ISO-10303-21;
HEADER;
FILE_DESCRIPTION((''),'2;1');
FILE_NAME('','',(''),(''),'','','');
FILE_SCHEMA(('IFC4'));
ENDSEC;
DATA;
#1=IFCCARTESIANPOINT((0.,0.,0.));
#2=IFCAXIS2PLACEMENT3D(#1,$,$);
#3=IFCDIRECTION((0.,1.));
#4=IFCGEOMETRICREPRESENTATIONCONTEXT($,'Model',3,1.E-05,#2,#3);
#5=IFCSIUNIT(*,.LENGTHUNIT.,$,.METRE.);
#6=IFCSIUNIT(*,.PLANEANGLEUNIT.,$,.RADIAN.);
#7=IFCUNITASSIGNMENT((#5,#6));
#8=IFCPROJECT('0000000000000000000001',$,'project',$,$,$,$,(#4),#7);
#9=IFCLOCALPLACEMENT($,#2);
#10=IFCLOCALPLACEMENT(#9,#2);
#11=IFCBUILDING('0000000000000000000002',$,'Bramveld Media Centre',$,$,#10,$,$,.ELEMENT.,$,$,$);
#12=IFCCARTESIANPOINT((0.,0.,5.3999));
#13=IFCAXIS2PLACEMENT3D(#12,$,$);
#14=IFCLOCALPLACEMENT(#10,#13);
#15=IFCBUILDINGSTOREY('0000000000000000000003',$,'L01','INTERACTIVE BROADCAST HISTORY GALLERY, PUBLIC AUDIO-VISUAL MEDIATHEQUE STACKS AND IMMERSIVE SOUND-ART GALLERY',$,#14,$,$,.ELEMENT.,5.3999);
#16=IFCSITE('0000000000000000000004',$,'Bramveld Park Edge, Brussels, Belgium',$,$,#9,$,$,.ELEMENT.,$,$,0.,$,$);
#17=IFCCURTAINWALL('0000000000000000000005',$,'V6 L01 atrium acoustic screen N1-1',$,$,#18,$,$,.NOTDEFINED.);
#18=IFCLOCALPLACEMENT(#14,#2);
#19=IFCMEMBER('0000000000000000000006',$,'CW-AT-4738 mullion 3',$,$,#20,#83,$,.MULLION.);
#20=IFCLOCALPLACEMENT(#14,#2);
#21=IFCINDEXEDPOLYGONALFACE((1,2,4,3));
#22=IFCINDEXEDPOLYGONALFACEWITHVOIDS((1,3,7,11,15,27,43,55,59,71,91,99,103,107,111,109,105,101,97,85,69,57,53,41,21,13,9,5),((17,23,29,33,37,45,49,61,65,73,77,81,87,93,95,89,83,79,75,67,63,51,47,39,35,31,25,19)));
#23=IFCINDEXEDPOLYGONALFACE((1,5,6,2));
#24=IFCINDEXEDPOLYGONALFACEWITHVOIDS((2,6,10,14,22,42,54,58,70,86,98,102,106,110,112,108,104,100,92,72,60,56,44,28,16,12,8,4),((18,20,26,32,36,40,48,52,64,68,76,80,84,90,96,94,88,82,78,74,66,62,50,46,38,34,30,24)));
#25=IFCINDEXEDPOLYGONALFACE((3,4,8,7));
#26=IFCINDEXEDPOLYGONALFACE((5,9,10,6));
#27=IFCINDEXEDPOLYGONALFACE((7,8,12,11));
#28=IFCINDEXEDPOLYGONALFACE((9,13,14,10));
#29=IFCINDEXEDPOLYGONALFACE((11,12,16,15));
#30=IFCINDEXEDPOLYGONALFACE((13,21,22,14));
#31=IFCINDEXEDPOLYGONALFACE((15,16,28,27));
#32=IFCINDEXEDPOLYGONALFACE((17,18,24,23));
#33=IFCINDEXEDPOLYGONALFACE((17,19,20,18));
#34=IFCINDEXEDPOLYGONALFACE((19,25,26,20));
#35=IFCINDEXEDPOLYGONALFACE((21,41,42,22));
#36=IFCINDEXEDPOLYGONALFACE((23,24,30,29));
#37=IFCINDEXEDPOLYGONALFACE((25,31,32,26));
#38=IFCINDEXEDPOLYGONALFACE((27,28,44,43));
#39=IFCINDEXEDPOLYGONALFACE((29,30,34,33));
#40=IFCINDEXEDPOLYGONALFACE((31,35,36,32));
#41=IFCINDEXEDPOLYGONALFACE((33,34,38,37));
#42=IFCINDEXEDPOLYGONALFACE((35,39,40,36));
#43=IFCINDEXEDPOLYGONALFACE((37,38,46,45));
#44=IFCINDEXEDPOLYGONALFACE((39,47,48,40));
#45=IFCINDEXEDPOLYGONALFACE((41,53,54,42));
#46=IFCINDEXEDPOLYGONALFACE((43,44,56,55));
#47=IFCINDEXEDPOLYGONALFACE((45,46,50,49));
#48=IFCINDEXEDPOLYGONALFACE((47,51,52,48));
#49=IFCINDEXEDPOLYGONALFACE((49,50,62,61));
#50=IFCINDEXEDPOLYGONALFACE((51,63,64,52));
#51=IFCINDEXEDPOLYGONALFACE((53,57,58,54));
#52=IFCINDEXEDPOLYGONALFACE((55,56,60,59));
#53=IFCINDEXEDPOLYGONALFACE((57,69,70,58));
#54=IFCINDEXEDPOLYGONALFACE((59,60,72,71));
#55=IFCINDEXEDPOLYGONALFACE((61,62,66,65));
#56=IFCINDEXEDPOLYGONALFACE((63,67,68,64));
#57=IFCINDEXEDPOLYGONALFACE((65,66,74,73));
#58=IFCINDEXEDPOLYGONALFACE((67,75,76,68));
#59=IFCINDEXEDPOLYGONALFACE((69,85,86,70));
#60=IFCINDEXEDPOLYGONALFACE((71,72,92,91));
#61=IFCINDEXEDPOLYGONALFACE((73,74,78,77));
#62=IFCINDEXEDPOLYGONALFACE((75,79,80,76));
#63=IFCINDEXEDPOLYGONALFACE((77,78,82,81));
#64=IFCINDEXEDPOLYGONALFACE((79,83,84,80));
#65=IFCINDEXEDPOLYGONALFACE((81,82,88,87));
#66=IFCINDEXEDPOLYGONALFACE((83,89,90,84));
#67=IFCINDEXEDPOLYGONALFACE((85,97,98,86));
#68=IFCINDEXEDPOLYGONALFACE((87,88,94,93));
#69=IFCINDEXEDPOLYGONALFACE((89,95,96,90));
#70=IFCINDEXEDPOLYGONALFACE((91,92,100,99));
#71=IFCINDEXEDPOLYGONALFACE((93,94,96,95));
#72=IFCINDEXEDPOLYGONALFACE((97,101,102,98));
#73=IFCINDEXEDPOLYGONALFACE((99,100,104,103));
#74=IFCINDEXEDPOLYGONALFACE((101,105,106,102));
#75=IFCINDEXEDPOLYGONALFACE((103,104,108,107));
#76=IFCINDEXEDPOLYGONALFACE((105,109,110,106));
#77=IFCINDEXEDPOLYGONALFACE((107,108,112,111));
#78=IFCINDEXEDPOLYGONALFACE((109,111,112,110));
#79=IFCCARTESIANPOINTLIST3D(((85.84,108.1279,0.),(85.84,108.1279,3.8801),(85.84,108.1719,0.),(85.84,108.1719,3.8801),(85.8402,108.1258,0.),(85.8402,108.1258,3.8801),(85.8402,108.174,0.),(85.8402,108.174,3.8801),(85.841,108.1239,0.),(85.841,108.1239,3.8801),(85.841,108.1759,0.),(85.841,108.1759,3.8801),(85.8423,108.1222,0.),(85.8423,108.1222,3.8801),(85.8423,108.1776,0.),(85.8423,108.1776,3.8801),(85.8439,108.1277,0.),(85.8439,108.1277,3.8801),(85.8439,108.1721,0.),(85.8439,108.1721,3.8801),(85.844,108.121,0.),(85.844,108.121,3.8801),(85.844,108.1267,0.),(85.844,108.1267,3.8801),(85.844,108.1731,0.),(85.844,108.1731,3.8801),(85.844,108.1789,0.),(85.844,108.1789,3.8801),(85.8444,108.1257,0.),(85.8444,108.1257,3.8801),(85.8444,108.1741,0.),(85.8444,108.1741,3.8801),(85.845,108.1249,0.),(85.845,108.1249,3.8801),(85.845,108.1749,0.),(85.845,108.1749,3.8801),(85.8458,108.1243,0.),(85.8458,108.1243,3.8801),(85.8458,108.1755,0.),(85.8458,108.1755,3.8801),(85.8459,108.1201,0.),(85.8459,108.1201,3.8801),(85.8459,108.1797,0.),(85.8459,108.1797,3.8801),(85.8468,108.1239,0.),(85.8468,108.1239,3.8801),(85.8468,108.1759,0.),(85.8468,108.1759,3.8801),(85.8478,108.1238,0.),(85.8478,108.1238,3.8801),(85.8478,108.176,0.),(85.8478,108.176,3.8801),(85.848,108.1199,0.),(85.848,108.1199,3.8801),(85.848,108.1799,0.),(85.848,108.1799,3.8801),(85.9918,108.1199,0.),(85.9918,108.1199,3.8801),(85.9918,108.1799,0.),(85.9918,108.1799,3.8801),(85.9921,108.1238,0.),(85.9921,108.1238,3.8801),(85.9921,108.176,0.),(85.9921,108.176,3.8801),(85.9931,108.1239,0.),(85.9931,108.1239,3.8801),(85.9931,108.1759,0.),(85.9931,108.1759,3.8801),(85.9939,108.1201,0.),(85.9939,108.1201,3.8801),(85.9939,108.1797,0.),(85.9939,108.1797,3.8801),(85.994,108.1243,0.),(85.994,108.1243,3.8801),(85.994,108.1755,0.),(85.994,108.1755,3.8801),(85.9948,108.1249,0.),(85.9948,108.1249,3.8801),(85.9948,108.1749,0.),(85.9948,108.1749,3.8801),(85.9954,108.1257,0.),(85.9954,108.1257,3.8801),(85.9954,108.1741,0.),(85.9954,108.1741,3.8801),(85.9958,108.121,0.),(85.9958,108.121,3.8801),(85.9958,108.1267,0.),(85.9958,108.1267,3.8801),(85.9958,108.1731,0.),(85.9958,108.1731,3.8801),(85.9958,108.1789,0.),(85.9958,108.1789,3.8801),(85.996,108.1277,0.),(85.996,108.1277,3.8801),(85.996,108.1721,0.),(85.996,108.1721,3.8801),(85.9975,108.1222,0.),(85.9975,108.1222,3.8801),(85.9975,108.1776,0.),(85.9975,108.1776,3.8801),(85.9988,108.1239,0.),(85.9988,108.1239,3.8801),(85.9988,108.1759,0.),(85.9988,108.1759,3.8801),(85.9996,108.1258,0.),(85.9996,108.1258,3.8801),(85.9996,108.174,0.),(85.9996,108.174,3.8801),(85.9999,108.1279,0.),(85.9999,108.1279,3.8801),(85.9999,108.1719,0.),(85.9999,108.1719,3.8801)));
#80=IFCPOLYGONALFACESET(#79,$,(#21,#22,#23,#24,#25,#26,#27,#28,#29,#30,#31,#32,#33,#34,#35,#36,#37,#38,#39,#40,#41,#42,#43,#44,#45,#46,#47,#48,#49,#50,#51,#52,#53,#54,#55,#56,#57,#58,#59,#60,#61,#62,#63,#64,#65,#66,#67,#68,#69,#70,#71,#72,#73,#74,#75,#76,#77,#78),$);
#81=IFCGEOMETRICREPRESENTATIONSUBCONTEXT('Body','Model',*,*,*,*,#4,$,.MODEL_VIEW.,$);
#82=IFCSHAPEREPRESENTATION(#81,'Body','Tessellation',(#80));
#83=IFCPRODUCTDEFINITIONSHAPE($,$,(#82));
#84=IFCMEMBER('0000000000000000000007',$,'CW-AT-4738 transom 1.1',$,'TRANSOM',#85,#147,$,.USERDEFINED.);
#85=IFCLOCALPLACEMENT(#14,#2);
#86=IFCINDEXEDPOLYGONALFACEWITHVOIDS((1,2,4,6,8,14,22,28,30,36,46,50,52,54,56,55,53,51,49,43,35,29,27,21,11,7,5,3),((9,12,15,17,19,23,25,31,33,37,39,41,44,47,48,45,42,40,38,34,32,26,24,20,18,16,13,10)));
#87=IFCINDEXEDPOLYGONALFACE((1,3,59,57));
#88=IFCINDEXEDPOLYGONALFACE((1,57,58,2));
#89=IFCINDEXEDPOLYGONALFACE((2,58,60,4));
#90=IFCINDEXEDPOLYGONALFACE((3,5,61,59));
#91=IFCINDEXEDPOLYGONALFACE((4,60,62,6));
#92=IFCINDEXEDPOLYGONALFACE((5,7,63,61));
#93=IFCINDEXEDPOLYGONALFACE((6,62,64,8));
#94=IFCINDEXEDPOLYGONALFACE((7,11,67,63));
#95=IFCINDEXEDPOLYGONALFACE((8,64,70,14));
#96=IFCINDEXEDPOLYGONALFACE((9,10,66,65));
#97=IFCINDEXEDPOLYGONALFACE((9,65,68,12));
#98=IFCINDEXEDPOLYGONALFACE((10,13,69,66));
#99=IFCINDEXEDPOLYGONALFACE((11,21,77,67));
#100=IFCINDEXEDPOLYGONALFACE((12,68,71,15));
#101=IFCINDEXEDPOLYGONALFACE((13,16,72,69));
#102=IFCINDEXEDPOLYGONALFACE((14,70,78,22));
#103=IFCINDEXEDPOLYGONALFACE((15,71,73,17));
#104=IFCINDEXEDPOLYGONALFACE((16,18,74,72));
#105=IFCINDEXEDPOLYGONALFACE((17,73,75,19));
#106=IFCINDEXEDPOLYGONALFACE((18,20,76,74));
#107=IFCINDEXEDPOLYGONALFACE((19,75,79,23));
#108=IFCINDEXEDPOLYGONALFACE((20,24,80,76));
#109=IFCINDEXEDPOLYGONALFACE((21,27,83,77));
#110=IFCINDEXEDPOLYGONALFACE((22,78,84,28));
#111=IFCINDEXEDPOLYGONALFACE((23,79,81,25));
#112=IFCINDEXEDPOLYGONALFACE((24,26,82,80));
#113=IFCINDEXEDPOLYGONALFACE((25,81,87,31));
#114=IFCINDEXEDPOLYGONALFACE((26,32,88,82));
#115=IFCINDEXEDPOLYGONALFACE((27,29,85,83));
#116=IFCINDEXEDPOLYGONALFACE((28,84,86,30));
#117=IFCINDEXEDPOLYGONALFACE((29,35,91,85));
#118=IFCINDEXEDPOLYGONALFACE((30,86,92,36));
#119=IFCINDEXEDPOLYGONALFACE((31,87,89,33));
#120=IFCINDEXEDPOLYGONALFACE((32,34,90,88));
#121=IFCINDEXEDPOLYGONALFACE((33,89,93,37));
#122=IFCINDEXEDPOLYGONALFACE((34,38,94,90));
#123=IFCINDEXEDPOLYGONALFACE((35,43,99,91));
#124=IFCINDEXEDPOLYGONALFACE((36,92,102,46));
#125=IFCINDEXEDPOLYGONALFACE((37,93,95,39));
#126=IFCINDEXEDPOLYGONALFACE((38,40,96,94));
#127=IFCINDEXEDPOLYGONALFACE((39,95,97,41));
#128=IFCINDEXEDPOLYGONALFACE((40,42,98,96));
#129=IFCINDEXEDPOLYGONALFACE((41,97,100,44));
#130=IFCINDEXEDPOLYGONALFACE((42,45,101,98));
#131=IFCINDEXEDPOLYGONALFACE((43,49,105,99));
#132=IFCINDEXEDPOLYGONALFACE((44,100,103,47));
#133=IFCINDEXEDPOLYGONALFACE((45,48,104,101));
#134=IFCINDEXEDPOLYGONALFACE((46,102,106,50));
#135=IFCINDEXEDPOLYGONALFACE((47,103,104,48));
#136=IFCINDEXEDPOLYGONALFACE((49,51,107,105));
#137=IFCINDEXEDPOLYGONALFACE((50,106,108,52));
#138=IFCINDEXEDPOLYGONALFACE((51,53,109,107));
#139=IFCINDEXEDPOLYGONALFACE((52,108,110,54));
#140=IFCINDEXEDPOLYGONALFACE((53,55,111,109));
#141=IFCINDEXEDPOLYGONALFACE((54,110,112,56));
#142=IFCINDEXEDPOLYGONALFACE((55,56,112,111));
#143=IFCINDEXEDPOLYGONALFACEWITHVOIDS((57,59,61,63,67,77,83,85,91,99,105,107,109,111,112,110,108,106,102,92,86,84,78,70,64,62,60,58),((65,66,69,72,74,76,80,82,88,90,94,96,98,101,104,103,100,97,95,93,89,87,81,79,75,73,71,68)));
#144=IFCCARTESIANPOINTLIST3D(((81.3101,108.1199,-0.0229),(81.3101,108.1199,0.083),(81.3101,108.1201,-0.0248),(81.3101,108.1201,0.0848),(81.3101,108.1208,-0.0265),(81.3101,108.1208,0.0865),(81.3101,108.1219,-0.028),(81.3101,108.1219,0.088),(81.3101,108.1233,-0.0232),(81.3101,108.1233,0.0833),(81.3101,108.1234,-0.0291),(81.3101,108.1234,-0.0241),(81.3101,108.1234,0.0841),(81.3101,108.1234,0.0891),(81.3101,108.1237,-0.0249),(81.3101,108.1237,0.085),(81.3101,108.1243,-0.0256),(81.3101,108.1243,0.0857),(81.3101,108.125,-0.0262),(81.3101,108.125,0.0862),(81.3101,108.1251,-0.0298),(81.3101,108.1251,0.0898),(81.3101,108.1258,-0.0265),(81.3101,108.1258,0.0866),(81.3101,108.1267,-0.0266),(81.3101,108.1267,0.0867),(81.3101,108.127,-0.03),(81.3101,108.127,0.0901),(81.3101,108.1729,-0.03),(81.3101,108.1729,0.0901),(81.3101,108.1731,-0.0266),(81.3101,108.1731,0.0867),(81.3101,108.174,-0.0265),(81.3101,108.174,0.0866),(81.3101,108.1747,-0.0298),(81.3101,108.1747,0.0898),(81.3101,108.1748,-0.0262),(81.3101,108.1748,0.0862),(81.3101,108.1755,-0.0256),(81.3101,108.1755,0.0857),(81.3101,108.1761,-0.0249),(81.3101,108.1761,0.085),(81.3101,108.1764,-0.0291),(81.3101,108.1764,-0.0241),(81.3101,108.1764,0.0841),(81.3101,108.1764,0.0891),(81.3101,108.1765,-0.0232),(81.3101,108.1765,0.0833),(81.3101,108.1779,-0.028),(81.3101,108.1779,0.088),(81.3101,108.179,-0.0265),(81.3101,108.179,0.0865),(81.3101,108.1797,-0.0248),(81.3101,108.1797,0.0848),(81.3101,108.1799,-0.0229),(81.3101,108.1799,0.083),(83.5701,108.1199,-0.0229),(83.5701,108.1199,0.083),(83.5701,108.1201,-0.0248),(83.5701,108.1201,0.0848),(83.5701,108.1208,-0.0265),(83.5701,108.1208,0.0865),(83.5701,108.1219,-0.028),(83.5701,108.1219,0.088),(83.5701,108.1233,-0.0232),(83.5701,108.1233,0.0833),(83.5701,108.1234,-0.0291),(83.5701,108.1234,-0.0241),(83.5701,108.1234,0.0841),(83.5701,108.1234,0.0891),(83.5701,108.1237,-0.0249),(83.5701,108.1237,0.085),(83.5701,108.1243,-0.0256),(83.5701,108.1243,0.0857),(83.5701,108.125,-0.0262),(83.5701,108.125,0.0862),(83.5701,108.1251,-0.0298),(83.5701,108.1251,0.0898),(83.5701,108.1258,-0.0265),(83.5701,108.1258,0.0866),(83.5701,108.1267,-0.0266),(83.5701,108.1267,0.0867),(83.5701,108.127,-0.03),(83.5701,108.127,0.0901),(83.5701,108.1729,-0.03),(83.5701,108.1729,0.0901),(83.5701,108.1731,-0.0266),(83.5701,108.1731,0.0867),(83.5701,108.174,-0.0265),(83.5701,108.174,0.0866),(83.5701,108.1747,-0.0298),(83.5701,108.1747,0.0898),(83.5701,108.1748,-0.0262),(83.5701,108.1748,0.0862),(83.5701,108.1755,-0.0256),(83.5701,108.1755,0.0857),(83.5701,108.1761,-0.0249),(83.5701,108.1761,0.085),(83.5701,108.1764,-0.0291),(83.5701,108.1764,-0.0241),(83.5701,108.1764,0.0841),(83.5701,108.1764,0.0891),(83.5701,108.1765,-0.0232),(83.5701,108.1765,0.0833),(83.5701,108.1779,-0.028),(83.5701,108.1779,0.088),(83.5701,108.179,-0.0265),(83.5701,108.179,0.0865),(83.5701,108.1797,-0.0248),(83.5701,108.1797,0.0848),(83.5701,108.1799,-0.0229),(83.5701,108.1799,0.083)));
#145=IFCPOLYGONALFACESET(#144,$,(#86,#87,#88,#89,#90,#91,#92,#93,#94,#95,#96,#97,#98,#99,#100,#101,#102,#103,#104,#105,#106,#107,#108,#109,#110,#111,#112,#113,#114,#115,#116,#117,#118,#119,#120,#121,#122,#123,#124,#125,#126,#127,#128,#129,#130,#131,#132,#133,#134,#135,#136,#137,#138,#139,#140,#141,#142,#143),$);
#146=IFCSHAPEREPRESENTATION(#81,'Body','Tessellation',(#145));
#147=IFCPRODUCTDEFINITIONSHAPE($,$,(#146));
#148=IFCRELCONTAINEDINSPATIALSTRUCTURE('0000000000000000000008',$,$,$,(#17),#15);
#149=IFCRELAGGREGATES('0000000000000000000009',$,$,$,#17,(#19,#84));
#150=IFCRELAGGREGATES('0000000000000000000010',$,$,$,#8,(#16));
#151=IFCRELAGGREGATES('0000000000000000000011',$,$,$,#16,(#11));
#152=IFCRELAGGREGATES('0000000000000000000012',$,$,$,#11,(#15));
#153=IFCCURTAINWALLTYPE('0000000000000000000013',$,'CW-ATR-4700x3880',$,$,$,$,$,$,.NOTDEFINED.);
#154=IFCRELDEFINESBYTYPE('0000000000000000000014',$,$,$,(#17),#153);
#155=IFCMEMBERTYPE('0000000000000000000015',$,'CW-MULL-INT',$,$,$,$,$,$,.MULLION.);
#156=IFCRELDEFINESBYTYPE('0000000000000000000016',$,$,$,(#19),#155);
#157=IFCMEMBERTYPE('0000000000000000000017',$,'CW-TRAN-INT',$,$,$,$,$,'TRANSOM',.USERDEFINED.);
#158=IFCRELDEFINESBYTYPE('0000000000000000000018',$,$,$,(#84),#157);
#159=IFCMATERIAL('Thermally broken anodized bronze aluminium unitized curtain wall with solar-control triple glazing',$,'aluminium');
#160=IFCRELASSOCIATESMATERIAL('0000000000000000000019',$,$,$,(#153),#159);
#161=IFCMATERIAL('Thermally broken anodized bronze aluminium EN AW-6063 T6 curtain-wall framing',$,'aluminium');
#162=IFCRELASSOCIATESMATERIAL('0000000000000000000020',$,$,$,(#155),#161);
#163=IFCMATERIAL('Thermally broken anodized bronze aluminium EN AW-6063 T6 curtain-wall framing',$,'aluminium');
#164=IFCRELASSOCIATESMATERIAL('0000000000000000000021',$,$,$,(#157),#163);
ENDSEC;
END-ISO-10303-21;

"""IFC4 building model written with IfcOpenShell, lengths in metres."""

from ifc_helpers import new_model, si_unit, direction, frame, origin, origin_2d, place, context, subcontext, project, spatial, hollow_rectangle, extrude, material, material_profile, profile_set, type_object, element, aggregate, save


model = new_model("IFC4")

# Units and contexts
model_context = context("Model", 3, precision=1e-05, world=origin(), true_north=direction((0.0, 1.0)))
body_context = subcontext(model_context, "Body", "Model", "MODEL_VIEW")
ifc_project = project(units=[si_unit("LENGTHUNIT", "METRE"), si_unit("PLANEANGLEUNIT", "RADIAN")], contexts=[model_context])

# Site, building, storey
site_placement = place(None, origin())
site = spatial("IfcSite", under=ifc_project, at=site_placement, Name="Bramveld Park Edge, Brussels, Belgium", CompositionType="ELEMENT", RefElevation=0.0)
building_placement = place(site_placement, origin())
building = spatial("IfcBuilding", under=site, at=building_placement, Name="Bramveld Media Centre", CompositionType="ELEMENT")
storey_placement = place(building_placement, frame((0.0, 0.0, 5.3999)))
storey = spatial("IfcBuildingStorey", under=building, at=storey_placement, Name="L01", Description="INTERACTIVE BROADCAST HISTORY GALLERY, PUBLIC AUDIO-VISUAL MEDIATHEQUE STACKS AND IMMERSIVE SOUND-ART GALLERY", CompositionType="ELEMENT", Elevation=5.3999)

# Curtain wall, members
ifc_material_1 = material(Name="Thermally broken anodized bronze aluminium unitized curtain wall with solar-control triple glazing", Category="aluminium")
curtain_wall_type = type_object("IfcCurtainWallType", Name="CW-ATR-4700x3880", PredefinedType="NOTDEFINED", material=ifc_material_1)
curtain_wall_placement = place(storey_placement, origin())
curtain_wall = element("IfcCurtainWall", 1, at=curtain_wall_placement, inside=storey, type_object=curtain_wall_type, Name="V6 L01 atrium acoustic screen N1-1", PredefinedType="NOTDEFINED")
ifc_material_2 = material(Name="Thermally broken anodized bronze aluminium EN AW-6063 T6 curtain-wall framing", Category="aluminium")
ifc_material_profile_1 = material_profile(ifc_material_2, hollow_rectangle(XDim=0.0601, YDim=0.1599, WallThickness=0.0039, InnerFilletRadius=0.0039, OuterFilletRadius=0.0081, at=origin_2d()), Name="AL-MULL 60x160")
ifc_profile_set_1 = profile_set([ifc_material_profile_1], Name="Thermally broken anodized bronze aluminium EN AW-6063 T6 curtain-wall framing")
member_type_1 = type_object("IfcMemberType", Name="CW-MULL-INT", PredefinedType="MULLION", material=ifc_profile_set_1)
member_1_placement = place(storey_placement, frame((85.9199, 108.1499, 0.0), z_axis=(0.0, 0.0, 1.0), x_axis=(0.0, 1.0, 0.0)))
member_1 = element("IfcMember", 2, at=member_1_placement, type_object=member_type_1, Name="CW-AT-4738 mullion 3", PredefinedType="MULLION", context=body_context, shape_type="SweptSolid", body=[
    extrude(hollow_rectangle(XDim=0.0601, YDim=0.1599, WallThickness=0.0039, InnerFilletRadius=0.0039, OuterFilletRadius=0.0081, at=origin_2d()), origin(), (0.0, 0.0, 1.0), 3.8801),
])
ifc_material_3 = material(Name="Thermally broken anodized bronze aluminium EN AW-6063 T6 curtain-wall framing", Category="aluminium")
ifc_material_profile_2 = material_profile(ifc_material_3, hollow_rectangle(XDim=0.0601, YDim=0.1201, WallThickness=0.0034, InnerFilletRadius=0.0034, OuterFilletRadius=0.0071, at=origin_2d()), Name="AL-TRAN 60x120")
ifc_profile_set_2 = profile_set([ifc_material_profile_2], Name="Thermally broken anodized bronze aluminium EN AW-6063 T6 curtain-wall framing")
member_type_2 = type_object("IfcMemberType", Name="CW-TRAN-INT", ElementType="TRANSOM", PredefinedType="USERDEFINED", material=ifc_profile_set_2)
member_2_placement = place(storey_placement, frame((81.3101, 108.1499, 0.03), z_axis=(1.0, 0.0, 0.0), x_axis=(0.0, 1.0, 0.0)))
member_2 = element("IfcMember", 3, at=member_2_placement, type_object=member_type_2, Name="CW-AT-4738 transom 1.1", ObjectType="TRANSOM", PredefinedType="USERDEFINED", context=body_context, shape_type="SweptSolid", body=[
    extrude(hollow_rectangle(XDim=0.0601, YDim=0.1201, WallThickness=0.0034, InnerFilletRadius=0.0034, OuterFilletRadius=0.0071, at=origin_2d()), origin(), (0.0, 0.0, 1.0), 2.26),
])

aggregate(curtain_wall, [member_1, member_2])

save(model, "model.ifc")
